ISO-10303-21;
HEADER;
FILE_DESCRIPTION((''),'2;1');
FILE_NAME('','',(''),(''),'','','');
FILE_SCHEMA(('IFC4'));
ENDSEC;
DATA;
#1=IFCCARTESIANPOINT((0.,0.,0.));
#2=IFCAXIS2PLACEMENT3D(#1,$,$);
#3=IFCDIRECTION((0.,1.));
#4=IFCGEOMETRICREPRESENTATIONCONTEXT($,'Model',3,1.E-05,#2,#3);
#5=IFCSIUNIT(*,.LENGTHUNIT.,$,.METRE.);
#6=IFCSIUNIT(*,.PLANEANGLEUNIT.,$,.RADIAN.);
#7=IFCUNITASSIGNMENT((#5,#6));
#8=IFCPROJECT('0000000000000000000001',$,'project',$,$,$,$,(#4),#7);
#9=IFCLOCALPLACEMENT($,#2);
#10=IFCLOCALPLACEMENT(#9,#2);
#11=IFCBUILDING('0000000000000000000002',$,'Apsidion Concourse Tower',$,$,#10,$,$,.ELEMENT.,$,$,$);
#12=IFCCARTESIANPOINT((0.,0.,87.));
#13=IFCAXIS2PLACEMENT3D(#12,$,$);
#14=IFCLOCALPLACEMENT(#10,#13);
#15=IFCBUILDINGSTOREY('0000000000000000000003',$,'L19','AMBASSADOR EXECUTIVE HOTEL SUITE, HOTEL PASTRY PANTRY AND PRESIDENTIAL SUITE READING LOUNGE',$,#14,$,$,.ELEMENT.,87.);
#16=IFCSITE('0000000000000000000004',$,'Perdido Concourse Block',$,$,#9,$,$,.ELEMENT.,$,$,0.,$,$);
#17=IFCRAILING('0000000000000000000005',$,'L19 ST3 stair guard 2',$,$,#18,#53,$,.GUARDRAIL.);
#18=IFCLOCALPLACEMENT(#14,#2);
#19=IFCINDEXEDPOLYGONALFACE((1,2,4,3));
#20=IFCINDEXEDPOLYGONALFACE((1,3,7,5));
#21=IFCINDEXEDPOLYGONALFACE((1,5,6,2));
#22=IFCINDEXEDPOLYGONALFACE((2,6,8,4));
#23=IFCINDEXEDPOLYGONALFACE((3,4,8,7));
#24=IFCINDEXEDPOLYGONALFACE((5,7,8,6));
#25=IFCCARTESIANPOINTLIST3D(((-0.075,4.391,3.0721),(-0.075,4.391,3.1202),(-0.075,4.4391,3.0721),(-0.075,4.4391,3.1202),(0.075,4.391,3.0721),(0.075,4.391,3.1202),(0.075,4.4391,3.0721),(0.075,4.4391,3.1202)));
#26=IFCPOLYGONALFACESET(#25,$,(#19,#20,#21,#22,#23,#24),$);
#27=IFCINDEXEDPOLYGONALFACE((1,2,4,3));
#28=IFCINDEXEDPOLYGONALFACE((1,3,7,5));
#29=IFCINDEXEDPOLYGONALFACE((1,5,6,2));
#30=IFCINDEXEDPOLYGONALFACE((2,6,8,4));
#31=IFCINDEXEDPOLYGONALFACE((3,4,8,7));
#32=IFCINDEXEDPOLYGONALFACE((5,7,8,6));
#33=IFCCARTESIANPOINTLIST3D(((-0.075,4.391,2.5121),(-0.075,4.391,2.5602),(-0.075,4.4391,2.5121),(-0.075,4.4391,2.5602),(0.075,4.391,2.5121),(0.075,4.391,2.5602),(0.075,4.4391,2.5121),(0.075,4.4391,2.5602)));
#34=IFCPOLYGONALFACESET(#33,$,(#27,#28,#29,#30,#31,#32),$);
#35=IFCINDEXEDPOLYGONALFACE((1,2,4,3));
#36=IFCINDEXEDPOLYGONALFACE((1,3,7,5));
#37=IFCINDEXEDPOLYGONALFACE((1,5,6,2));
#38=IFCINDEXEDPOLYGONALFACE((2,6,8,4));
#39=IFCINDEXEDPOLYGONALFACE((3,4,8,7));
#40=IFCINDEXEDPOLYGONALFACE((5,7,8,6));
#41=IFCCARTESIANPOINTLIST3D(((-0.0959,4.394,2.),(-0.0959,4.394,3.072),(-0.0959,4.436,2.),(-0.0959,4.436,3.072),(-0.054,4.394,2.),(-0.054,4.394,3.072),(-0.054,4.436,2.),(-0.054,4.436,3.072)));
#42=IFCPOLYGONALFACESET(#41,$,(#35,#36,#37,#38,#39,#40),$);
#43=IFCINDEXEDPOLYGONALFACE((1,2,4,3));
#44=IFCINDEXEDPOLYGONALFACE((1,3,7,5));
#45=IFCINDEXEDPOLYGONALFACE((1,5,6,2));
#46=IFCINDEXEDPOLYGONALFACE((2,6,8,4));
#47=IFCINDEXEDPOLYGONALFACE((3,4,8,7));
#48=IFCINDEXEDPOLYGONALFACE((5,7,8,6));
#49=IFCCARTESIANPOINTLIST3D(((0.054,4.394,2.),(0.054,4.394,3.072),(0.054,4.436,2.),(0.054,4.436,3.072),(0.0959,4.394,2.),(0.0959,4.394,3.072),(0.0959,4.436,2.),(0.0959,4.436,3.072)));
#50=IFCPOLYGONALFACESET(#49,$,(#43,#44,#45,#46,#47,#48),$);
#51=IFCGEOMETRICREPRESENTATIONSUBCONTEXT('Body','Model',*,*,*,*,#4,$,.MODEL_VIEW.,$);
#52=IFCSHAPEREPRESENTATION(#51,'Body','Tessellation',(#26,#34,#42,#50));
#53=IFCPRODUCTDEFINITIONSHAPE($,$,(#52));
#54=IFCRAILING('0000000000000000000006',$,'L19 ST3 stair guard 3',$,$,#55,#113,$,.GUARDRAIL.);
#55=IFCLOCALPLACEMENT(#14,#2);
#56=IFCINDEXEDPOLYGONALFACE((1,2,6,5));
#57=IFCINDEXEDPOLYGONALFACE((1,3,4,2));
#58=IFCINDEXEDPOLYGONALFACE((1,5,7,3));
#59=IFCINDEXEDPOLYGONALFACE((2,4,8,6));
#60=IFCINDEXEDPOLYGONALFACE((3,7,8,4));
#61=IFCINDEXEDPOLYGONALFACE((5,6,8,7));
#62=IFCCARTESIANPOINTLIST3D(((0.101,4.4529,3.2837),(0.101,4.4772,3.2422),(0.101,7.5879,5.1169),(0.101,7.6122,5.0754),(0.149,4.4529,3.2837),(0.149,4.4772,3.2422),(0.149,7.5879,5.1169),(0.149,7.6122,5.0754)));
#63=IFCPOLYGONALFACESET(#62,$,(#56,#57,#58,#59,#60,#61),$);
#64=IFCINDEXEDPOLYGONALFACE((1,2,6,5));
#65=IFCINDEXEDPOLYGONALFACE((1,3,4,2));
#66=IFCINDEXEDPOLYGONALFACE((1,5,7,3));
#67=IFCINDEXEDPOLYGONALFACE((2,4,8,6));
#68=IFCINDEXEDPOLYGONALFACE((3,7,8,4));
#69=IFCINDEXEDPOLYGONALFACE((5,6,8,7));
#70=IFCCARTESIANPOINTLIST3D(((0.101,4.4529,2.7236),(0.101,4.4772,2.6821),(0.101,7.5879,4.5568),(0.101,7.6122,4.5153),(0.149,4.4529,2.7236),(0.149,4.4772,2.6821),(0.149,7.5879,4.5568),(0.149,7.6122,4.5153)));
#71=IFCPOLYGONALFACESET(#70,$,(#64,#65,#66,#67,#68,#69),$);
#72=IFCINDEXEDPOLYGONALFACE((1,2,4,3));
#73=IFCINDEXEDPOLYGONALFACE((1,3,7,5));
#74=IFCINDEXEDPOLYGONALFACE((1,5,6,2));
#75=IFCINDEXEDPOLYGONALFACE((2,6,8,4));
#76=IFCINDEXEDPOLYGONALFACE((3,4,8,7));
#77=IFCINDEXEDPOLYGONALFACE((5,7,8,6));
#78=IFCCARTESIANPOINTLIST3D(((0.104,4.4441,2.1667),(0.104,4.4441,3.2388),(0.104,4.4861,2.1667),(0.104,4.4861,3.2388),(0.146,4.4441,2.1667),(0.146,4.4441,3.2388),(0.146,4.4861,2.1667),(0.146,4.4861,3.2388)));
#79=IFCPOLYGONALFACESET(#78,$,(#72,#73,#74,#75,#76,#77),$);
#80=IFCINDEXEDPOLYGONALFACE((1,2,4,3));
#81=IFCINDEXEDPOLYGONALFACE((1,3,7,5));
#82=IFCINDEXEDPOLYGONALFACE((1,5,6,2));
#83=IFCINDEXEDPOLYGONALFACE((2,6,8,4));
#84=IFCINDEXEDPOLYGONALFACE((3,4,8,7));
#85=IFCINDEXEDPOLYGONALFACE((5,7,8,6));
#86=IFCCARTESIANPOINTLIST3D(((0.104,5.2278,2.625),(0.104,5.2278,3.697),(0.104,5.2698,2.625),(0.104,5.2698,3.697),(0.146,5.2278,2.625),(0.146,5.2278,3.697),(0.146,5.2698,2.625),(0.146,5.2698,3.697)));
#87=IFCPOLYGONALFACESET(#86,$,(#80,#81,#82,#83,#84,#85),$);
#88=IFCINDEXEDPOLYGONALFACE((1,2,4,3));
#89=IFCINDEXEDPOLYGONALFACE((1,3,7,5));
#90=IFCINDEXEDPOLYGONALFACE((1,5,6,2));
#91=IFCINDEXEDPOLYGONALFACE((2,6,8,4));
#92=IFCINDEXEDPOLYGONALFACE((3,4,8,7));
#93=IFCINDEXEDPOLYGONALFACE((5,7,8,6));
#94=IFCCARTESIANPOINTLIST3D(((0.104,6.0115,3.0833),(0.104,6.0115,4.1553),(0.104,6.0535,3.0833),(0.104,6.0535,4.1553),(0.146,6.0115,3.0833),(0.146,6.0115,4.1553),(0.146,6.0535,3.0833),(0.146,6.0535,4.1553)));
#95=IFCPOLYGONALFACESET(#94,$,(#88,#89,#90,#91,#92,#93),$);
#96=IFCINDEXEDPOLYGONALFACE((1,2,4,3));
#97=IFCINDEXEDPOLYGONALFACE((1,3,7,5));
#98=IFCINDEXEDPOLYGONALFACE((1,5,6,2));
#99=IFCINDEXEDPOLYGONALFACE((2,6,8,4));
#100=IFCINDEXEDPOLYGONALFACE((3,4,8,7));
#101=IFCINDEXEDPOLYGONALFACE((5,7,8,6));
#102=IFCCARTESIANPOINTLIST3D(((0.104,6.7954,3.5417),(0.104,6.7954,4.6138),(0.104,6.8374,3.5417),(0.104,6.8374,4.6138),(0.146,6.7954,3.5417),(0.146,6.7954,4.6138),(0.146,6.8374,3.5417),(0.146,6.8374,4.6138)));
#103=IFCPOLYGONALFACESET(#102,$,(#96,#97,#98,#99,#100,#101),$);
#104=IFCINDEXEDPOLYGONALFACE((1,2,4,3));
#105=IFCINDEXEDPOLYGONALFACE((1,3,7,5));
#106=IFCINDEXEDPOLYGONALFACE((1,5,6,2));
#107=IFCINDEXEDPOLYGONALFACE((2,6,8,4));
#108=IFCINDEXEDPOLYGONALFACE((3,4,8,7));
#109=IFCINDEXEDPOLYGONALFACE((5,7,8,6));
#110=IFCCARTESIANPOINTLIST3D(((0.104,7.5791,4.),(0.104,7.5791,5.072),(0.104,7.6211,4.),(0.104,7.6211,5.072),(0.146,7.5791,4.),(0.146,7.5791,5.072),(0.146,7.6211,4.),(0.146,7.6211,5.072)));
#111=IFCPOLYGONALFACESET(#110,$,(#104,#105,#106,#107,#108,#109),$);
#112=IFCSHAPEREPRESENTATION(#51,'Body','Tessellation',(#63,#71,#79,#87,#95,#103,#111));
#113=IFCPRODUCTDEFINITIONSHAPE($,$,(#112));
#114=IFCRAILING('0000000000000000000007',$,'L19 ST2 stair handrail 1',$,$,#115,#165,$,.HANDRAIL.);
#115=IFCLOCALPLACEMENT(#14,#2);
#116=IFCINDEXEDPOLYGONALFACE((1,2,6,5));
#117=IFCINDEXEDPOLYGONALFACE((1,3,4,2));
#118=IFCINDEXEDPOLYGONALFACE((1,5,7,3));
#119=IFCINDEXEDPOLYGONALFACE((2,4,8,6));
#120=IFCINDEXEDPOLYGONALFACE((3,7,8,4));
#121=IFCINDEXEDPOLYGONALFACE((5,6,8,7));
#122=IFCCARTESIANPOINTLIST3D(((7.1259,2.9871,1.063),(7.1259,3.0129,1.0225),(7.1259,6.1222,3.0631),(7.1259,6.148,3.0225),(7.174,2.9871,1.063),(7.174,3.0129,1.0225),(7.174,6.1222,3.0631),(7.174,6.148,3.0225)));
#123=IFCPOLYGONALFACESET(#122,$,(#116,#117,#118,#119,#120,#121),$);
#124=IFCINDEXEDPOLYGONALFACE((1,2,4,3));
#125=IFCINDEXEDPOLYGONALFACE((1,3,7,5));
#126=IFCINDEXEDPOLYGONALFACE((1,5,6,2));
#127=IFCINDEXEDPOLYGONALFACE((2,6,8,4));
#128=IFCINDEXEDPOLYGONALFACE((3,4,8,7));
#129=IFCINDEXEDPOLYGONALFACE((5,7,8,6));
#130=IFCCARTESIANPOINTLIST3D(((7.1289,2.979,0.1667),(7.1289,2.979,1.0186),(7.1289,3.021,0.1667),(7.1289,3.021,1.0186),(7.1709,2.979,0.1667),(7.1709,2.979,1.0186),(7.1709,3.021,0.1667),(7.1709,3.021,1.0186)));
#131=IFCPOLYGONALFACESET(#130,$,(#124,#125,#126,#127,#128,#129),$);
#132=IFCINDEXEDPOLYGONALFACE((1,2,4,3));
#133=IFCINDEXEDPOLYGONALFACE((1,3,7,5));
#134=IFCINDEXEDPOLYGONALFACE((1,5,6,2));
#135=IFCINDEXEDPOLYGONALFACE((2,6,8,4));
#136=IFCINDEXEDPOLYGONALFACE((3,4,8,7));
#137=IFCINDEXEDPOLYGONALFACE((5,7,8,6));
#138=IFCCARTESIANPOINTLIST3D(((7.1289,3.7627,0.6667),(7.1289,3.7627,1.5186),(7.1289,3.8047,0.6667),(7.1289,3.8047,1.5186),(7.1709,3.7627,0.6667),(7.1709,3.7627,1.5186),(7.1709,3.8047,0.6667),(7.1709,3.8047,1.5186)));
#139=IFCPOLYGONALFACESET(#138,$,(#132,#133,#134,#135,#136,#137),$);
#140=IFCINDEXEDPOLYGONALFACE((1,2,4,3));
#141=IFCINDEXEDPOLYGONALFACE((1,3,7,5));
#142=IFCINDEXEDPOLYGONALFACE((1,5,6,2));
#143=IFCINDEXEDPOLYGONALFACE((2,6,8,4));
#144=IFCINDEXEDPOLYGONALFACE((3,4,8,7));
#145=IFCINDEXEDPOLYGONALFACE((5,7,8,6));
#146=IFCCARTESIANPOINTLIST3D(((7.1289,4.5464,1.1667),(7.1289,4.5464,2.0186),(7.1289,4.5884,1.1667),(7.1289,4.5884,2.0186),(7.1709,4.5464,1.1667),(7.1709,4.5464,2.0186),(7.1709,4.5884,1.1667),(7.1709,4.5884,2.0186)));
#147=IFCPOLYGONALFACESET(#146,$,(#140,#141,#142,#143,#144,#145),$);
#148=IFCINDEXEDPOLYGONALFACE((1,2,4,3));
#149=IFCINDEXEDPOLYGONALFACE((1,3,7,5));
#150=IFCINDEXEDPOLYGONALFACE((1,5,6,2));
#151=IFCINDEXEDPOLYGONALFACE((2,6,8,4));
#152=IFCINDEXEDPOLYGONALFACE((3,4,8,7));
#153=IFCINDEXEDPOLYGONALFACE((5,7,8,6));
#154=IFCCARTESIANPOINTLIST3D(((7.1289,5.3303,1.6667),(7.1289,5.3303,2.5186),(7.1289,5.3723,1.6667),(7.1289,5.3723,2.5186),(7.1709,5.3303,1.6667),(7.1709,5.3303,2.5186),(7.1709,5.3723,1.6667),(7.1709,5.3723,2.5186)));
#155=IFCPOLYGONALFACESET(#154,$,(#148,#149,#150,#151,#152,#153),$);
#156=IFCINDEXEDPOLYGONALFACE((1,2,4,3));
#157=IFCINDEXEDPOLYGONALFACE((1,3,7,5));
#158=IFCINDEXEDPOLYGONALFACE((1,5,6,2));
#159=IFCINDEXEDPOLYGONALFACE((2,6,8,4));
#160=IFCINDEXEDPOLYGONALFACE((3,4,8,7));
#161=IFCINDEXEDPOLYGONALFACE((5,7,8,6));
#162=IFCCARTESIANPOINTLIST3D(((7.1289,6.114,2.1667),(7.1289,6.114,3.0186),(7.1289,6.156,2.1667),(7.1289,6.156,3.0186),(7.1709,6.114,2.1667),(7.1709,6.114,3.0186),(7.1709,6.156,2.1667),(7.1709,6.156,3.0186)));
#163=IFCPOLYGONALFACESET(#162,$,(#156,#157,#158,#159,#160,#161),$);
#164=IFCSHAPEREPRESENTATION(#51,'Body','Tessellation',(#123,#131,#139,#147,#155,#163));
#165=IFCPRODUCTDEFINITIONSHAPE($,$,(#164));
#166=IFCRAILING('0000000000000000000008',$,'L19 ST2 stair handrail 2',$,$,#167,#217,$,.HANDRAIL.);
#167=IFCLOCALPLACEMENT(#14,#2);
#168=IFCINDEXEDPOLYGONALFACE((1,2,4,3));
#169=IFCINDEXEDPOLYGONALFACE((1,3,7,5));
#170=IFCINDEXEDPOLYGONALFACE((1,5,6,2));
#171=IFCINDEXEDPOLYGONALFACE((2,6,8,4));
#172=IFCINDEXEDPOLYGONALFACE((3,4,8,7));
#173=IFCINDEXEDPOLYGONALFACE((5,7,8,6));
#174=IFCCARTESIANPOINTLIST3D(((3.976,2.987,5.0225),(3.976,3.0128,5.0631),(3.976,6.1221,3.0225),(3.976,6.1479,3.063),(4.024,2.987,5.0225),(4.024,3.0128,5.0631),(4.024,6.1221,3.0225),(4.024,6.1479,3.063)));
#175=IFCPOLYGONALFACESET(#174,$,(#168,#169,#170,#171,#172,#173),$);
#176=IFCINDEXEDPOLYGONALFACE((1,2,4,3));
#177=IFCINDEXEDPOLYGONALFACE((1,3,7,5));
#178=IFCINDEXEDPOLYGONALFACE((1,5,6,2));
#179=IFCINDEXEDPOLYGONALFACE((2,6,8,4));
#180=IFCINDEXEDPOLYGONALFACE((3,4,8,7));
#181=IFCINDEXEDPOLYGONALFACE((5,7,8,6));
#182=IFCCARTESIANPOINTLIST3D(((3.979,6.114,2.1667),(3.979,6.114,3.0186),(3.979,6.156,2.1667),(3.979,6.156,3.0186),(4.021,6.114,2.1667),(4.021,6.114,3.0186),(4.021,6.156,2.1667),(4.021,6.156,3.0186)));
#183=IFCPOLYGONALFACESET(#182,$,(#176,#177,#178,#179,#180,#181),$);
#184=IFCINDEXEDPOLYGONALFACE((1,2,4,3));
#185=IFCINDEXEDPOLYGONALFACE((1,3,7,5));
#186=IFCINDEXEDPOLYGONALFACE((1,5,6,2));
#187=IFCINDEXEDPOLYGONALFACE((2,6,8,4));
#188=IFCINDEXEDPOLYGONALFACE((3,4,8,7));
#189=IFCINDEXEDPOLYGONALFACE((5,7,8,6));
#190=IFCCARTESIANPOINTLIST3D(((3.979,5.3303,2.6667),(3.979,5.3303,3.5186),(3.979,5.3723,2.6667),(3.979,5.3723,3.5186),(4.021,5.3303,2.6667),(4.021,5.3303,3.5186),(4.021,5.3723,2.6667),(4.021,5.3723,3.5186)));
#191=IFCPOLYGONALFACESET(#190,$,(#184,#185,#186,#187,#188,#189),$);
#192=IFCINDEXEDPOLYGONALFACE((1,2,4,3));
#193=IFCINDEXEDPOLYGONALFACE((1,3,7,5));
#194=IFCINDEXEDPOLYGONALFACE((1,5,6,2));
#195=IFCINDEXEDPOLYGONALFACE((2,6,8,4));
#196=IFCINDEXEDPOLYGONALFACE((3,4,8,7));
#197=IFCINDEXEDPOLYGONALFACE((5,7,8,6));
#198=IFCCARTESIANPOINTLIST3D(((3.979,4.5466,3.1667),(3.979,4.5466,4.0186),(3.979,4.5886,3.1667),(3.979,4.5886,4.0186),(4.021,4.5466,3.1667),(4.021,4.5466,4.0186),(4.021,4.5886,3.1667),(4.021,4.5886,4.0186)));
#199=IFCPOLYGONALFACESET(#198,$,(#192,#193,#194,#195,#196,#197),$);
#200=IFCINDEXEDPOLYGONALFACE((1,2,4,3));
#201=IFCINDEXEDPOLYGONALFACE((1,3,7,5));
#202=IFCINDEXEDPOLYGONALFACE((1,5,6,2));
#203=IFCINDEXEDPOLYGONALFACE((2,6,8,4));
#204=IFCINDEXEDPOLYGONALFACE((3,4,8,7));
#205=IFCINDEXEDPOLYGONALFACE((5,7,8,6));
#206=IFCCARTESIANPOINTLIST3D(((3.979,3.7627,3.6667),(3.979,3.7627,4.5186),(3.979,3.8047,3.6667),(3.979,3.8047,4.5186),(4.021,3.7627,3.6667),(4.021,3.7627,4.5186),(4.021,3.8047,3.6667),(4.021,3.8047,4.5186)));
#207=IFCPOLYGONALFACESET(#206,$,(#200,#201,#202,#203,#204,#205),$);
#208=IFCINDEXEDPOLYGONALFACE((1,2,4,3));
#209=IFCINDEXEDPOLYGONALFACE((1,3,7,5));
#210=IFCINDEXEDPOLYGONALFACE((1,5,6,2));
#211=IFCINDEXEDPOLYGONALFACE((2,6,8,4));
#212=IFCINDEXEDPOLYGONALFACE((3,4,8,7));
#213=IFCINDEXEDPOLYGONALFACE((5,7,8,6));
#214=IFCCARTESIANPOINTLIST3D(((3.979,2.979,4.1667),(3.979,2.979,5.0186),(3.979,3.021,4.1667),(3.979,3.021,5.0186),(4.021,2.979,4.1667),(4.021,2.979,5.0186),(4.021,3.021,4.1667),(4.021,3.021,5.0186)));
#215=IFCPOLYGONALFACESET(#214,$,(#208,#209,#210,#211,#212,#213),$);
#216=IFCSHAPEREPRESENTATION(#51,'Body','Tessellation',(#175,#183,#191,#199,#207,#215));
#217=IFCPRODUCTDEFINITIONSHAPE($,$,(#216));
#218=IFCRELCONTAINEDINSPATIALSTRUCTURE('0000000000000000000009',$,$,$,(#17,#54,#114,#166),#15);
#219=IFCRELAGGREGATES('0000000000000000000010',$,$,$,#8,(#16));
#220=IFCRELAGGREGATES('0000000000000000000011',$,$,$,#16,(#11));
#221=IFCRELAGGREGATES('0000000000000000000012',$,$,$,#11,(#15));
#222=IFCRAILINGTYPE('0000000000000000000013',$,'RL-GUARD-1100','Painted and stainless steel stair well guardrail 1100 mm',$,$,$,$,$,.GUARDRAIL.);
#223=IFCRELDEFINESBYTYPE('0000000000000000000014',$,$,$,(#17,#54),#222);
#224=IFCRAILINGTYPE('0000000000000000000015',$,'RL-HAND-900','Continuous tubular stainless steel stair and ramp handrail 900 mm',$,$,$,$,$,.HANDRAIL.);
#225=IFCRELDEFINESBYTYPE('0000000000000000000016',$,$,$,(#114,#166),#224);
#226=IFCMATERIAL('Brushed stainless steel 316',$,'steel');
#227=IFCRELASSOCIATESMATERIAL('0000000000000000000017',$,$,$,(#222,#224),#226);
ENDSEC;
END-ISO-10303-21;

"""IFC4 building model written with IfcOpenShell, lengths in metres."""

from ifc_helpers import new_model, si_unit, direction, frame, origin, origin_2d, place, context, subcontext, project, spatial, rectangle, extrude, material, type_object, element, save


model = new_model("IFC4")

# Units and contexts
model_context = context("Model", 3, precision=1e-05, world=origin(), true_north=direction((0.0, 1.0)))
body_context = subcontext(model_context, "Body", "Model", "MODEL_VIEW")
ifc_project = project(units=[si_unit("LENGTHUNIT", "METRE"), si_unit("PLANEANGLEUNIT", "RADIAN")], contexts=[model_context])

# Site, building, storey
site_placement = place(None, origin())
site = spatial("IfcSite", under=ifc_project, at=site_placement, Name="Perdido Concourse Block", CompositionType="ELEMENT", RefElevation=0.0)
building_placement = place(site_placement, origin())
building = spatial("IfcBuilding", under=site, at=building_placement, Name="Apsidion Concourse Tower", CompositionType="ELEMENT")
storey_placement = place(building_placement, frame((0.0, 0.0, 87.0)))
storey = spatial("IfcBuildingStorey", under=building, at=storey_placement, Name="L19", Description="AMBASSADOR EXECUTIVE HOTEL SUITE, HOTEL PASTRY PANTRY AND PRESIDENTIAL SUITE READING LOUNGE", CompositionType="ELEMENT", Elevation=87.0)

# Railings
ifc_material_1 = material(Name="Brushed stainless steel 316", Category="steel")
railing_type_1 = type_object("IfcRailingType", Name="RL-GUARD-1100", Description="Painted and stainless steel stair well guardrail 1100 mm", PredefinedType="GUARDRAIL", material=ifc_material_1)
railing_1_placement = place(storey_placement, frame((-0.075, 4.415, 2.0)))
element("IfcRailing", 1, at=railing_1_placement, inside=storey, type_object=railing_type_1, Name="L19 ST3 stair guard 2", PredefinedType="GUARDRAIL", context=body_context, shape_type="SweptSolid", body=[
    extrude(rectangle(XDim=0.0481, YDim=0.0481, at=origin_2d()), frame((0.0, 0.0, 1.0962), z_axis=(1.0, 0.0, 0.0), x_axis=(0.0, 1.0, 0.0)), (0.0, 0.0, 1.0), 0.1499),
    extrude(rectangle(XDim=0.0481, YDim=0.0481, at=origin_2d()), frame((0.0, 0.0, 0.5361), z_axis=(1.0, 0.0, 0.0), x_axis=(0.0, 1.0, 0.0)), (0.0, 0.0, 1.0), 0.1499),
    extrude(rectangle(XDim=0.042, YDim=0.042, at=origin_2d()), origin(), (0.0, 0.0, 1.0), 1.072),
    extrude(rectangle(XDim=0.042, YDim=0.042, at=origin_2d()), frame((0.1499, 0.0, 0.0)), (0.0, 0.0, 1.0), 1.072),
])
railing_2_placement = place(storey_placement, frame((0.125, 4.4651, 2.1667)))
element("IfcRailing", 2, at=railing_2_placement, inside=storey, type_object=railing_type_1, Name="L19 ST3 stair guard 3", PredefinedType="GUARDRAIL", context=body_context, shape_type="SweptSolid", body=[
    extrude(rectangle(XDim=0.0481, YDim=0.0481, at=origin_2d()), frame((0.0, 0.0, 1.0962), z_axis=(0.0, 0.86324, 0.504794), x_axis=(-1.0, 0.0, 0.0)), (0.0, 0.0, 1.0), 3.6316),
    extrude(rectangle(XDim=0.0481, YDim=0.0481, at=origin_2d()), frame((0.0, 0.0, 0.5361), z_axis=(0.0, 0.86324, 0.504794), x_axis=(-1.0, 0.0, 0.0)), (0.0, 0.0, 1.0), 3.6316),
    extrude(rectangle(XDim=0.042, YDim=0.042, at=origin_2d()), origin(), (0.0, 0.0, 1.0), 1.072),
    extrude(rectangle(XDim=0.042, YDim=0.042, at=origin_2d()), frame((0.0, 0.7837, 0.4583)), (0.0, 0.0, 1.0), 1.072),
    extrude(rectangle(XDim=0.042, YDim=0.042, at=origin_2d()), frame((0.0, 1.5674, 0.9165)), (0.0, 0.0, 1.0), 1.072),
    extrude(rectangle(XDim=0.042, YDim=0.042, at=origin_2d()), frame((0.0, 2.3513, 1.375)), (0.0, 0.0, 1.0), 1.072),
    extrude(rectangle(XDim=0.042, YDim=0.042, at=origin_2d()), frame((0.0, 3.135, 1.8333)), (0.0, 0.0, 1.0), 1.072),
])
railing_type_2 = type_object("IfcRailingType", Name="RL-HAND-900", Description="Continuous tubular stainless steel stair and ramp handrail 900 mm", PredefinedType="HANDRAIL", material=ifc_material_1)
railing_3_placement = place(storey_placement, frame((7.1499, 3.0, 0.1667)))
element("IfcRailing", 3, at=railing_3_placement, inside=storey, type_object=railing_type_2, Name="L19 ST2 stair handrail 1", PredefinedType="HANDRAIL", context=body_context, shape_type="SweptSolid", body=[
    extrude(rectangle(XDim=0.0481, YDim=0.0481, at=origin_2d()), frame((0.0, 0.0, 0.876), z_axis=(0.0, 0.843053, 0.537831), x_axis=(-1.0, 0.0, 0.0)), (0.0, 0.0, 1.0), 3.7188),
    extrude(rectangle(XDim=0.042, YDim=0.042, at=origin_2d()), origin(), (0.0, 0.0, 1.0), 0.8518),
    extrude(rectangle(XDim=0.042, YDim=0.042, at=origin_2d()), frame((0.0, 0.7837, 0.5)), (0.0, 0.0, 1.0), 0.8518),
    extrude(rectangle(XDim=0.042, YDim=0.042, at=origin_2d()), frame((0.0, 1.5674, 1.0)), (0.0, 0.0, 1.0), 0.8518),
    extrude(rectangle(XDim=0.042, YDim=0.042, at=origin_2d()), frame((0.0, 2.3513, 1.5)), (0.0, 0.0, 1.0), 0.8518),
    extrude(rectangle(XDim=0.042, YDim=0.042, at=origin_2d()), frame((0.0, 3.135, 2.0)), (0.0, 0.0, 1.0), 0.8518),
])
railing_4_placement = place(storey_placement, frame((4.0, 6.135, 2.1667)))
element("IfcRailing", 4, at=railing_4_placement, inside=storey, type_object=railing_type_2, Name="L19 ST2 stair handrail 2", PredefinedType="HANDRAIL", context=body_context, shape_type="SweptSolid", body=[
    extrude(rectangle(XDim=0.0481, YDim=0.0481, at=origin_2d()), frame((0.0, 0.0, 0.876), z_axis=(0.0, -0.843053, 0.537831), x_axis=(1.0, 0.0, 0.0)), (0.0, 0.0, 1.0), 3.7188),
    extrude(rectangle(XDim=0.042, YDim=0.042, at=origin_2d()), origin(), (0.0, 0.0, 1.0), 0.8518),
    extrude(rectangle(XDim=0.042, YDim=0.042, at=origin_2d()), frame((0.0, -0.7837, 0.5)), (0.0, 0.0, 1.0), 0.8518),
    extrude(rectangle(XDim=0.042, YDim=0.042, at=origin_2d()), frame((0.0, -1.5674, 1.0)), (0.0, 0.0, 1.0), 0.8518),
    extrude(rectangle(XDim=0.042, YDim=0.042, at=origin_2d()), frame((0.0, -2.3513, 1.5)), (0.0, 0.0, 1.0), 0.8518),
    extrude(rectangle(XDim=0.042, YDim=0.042, at=origin_2d()), frame((0.0, -3.135, 2.0)), (0.0, 0.0, 1.0), 0.8518),
])

save(model, "model.ifc")
